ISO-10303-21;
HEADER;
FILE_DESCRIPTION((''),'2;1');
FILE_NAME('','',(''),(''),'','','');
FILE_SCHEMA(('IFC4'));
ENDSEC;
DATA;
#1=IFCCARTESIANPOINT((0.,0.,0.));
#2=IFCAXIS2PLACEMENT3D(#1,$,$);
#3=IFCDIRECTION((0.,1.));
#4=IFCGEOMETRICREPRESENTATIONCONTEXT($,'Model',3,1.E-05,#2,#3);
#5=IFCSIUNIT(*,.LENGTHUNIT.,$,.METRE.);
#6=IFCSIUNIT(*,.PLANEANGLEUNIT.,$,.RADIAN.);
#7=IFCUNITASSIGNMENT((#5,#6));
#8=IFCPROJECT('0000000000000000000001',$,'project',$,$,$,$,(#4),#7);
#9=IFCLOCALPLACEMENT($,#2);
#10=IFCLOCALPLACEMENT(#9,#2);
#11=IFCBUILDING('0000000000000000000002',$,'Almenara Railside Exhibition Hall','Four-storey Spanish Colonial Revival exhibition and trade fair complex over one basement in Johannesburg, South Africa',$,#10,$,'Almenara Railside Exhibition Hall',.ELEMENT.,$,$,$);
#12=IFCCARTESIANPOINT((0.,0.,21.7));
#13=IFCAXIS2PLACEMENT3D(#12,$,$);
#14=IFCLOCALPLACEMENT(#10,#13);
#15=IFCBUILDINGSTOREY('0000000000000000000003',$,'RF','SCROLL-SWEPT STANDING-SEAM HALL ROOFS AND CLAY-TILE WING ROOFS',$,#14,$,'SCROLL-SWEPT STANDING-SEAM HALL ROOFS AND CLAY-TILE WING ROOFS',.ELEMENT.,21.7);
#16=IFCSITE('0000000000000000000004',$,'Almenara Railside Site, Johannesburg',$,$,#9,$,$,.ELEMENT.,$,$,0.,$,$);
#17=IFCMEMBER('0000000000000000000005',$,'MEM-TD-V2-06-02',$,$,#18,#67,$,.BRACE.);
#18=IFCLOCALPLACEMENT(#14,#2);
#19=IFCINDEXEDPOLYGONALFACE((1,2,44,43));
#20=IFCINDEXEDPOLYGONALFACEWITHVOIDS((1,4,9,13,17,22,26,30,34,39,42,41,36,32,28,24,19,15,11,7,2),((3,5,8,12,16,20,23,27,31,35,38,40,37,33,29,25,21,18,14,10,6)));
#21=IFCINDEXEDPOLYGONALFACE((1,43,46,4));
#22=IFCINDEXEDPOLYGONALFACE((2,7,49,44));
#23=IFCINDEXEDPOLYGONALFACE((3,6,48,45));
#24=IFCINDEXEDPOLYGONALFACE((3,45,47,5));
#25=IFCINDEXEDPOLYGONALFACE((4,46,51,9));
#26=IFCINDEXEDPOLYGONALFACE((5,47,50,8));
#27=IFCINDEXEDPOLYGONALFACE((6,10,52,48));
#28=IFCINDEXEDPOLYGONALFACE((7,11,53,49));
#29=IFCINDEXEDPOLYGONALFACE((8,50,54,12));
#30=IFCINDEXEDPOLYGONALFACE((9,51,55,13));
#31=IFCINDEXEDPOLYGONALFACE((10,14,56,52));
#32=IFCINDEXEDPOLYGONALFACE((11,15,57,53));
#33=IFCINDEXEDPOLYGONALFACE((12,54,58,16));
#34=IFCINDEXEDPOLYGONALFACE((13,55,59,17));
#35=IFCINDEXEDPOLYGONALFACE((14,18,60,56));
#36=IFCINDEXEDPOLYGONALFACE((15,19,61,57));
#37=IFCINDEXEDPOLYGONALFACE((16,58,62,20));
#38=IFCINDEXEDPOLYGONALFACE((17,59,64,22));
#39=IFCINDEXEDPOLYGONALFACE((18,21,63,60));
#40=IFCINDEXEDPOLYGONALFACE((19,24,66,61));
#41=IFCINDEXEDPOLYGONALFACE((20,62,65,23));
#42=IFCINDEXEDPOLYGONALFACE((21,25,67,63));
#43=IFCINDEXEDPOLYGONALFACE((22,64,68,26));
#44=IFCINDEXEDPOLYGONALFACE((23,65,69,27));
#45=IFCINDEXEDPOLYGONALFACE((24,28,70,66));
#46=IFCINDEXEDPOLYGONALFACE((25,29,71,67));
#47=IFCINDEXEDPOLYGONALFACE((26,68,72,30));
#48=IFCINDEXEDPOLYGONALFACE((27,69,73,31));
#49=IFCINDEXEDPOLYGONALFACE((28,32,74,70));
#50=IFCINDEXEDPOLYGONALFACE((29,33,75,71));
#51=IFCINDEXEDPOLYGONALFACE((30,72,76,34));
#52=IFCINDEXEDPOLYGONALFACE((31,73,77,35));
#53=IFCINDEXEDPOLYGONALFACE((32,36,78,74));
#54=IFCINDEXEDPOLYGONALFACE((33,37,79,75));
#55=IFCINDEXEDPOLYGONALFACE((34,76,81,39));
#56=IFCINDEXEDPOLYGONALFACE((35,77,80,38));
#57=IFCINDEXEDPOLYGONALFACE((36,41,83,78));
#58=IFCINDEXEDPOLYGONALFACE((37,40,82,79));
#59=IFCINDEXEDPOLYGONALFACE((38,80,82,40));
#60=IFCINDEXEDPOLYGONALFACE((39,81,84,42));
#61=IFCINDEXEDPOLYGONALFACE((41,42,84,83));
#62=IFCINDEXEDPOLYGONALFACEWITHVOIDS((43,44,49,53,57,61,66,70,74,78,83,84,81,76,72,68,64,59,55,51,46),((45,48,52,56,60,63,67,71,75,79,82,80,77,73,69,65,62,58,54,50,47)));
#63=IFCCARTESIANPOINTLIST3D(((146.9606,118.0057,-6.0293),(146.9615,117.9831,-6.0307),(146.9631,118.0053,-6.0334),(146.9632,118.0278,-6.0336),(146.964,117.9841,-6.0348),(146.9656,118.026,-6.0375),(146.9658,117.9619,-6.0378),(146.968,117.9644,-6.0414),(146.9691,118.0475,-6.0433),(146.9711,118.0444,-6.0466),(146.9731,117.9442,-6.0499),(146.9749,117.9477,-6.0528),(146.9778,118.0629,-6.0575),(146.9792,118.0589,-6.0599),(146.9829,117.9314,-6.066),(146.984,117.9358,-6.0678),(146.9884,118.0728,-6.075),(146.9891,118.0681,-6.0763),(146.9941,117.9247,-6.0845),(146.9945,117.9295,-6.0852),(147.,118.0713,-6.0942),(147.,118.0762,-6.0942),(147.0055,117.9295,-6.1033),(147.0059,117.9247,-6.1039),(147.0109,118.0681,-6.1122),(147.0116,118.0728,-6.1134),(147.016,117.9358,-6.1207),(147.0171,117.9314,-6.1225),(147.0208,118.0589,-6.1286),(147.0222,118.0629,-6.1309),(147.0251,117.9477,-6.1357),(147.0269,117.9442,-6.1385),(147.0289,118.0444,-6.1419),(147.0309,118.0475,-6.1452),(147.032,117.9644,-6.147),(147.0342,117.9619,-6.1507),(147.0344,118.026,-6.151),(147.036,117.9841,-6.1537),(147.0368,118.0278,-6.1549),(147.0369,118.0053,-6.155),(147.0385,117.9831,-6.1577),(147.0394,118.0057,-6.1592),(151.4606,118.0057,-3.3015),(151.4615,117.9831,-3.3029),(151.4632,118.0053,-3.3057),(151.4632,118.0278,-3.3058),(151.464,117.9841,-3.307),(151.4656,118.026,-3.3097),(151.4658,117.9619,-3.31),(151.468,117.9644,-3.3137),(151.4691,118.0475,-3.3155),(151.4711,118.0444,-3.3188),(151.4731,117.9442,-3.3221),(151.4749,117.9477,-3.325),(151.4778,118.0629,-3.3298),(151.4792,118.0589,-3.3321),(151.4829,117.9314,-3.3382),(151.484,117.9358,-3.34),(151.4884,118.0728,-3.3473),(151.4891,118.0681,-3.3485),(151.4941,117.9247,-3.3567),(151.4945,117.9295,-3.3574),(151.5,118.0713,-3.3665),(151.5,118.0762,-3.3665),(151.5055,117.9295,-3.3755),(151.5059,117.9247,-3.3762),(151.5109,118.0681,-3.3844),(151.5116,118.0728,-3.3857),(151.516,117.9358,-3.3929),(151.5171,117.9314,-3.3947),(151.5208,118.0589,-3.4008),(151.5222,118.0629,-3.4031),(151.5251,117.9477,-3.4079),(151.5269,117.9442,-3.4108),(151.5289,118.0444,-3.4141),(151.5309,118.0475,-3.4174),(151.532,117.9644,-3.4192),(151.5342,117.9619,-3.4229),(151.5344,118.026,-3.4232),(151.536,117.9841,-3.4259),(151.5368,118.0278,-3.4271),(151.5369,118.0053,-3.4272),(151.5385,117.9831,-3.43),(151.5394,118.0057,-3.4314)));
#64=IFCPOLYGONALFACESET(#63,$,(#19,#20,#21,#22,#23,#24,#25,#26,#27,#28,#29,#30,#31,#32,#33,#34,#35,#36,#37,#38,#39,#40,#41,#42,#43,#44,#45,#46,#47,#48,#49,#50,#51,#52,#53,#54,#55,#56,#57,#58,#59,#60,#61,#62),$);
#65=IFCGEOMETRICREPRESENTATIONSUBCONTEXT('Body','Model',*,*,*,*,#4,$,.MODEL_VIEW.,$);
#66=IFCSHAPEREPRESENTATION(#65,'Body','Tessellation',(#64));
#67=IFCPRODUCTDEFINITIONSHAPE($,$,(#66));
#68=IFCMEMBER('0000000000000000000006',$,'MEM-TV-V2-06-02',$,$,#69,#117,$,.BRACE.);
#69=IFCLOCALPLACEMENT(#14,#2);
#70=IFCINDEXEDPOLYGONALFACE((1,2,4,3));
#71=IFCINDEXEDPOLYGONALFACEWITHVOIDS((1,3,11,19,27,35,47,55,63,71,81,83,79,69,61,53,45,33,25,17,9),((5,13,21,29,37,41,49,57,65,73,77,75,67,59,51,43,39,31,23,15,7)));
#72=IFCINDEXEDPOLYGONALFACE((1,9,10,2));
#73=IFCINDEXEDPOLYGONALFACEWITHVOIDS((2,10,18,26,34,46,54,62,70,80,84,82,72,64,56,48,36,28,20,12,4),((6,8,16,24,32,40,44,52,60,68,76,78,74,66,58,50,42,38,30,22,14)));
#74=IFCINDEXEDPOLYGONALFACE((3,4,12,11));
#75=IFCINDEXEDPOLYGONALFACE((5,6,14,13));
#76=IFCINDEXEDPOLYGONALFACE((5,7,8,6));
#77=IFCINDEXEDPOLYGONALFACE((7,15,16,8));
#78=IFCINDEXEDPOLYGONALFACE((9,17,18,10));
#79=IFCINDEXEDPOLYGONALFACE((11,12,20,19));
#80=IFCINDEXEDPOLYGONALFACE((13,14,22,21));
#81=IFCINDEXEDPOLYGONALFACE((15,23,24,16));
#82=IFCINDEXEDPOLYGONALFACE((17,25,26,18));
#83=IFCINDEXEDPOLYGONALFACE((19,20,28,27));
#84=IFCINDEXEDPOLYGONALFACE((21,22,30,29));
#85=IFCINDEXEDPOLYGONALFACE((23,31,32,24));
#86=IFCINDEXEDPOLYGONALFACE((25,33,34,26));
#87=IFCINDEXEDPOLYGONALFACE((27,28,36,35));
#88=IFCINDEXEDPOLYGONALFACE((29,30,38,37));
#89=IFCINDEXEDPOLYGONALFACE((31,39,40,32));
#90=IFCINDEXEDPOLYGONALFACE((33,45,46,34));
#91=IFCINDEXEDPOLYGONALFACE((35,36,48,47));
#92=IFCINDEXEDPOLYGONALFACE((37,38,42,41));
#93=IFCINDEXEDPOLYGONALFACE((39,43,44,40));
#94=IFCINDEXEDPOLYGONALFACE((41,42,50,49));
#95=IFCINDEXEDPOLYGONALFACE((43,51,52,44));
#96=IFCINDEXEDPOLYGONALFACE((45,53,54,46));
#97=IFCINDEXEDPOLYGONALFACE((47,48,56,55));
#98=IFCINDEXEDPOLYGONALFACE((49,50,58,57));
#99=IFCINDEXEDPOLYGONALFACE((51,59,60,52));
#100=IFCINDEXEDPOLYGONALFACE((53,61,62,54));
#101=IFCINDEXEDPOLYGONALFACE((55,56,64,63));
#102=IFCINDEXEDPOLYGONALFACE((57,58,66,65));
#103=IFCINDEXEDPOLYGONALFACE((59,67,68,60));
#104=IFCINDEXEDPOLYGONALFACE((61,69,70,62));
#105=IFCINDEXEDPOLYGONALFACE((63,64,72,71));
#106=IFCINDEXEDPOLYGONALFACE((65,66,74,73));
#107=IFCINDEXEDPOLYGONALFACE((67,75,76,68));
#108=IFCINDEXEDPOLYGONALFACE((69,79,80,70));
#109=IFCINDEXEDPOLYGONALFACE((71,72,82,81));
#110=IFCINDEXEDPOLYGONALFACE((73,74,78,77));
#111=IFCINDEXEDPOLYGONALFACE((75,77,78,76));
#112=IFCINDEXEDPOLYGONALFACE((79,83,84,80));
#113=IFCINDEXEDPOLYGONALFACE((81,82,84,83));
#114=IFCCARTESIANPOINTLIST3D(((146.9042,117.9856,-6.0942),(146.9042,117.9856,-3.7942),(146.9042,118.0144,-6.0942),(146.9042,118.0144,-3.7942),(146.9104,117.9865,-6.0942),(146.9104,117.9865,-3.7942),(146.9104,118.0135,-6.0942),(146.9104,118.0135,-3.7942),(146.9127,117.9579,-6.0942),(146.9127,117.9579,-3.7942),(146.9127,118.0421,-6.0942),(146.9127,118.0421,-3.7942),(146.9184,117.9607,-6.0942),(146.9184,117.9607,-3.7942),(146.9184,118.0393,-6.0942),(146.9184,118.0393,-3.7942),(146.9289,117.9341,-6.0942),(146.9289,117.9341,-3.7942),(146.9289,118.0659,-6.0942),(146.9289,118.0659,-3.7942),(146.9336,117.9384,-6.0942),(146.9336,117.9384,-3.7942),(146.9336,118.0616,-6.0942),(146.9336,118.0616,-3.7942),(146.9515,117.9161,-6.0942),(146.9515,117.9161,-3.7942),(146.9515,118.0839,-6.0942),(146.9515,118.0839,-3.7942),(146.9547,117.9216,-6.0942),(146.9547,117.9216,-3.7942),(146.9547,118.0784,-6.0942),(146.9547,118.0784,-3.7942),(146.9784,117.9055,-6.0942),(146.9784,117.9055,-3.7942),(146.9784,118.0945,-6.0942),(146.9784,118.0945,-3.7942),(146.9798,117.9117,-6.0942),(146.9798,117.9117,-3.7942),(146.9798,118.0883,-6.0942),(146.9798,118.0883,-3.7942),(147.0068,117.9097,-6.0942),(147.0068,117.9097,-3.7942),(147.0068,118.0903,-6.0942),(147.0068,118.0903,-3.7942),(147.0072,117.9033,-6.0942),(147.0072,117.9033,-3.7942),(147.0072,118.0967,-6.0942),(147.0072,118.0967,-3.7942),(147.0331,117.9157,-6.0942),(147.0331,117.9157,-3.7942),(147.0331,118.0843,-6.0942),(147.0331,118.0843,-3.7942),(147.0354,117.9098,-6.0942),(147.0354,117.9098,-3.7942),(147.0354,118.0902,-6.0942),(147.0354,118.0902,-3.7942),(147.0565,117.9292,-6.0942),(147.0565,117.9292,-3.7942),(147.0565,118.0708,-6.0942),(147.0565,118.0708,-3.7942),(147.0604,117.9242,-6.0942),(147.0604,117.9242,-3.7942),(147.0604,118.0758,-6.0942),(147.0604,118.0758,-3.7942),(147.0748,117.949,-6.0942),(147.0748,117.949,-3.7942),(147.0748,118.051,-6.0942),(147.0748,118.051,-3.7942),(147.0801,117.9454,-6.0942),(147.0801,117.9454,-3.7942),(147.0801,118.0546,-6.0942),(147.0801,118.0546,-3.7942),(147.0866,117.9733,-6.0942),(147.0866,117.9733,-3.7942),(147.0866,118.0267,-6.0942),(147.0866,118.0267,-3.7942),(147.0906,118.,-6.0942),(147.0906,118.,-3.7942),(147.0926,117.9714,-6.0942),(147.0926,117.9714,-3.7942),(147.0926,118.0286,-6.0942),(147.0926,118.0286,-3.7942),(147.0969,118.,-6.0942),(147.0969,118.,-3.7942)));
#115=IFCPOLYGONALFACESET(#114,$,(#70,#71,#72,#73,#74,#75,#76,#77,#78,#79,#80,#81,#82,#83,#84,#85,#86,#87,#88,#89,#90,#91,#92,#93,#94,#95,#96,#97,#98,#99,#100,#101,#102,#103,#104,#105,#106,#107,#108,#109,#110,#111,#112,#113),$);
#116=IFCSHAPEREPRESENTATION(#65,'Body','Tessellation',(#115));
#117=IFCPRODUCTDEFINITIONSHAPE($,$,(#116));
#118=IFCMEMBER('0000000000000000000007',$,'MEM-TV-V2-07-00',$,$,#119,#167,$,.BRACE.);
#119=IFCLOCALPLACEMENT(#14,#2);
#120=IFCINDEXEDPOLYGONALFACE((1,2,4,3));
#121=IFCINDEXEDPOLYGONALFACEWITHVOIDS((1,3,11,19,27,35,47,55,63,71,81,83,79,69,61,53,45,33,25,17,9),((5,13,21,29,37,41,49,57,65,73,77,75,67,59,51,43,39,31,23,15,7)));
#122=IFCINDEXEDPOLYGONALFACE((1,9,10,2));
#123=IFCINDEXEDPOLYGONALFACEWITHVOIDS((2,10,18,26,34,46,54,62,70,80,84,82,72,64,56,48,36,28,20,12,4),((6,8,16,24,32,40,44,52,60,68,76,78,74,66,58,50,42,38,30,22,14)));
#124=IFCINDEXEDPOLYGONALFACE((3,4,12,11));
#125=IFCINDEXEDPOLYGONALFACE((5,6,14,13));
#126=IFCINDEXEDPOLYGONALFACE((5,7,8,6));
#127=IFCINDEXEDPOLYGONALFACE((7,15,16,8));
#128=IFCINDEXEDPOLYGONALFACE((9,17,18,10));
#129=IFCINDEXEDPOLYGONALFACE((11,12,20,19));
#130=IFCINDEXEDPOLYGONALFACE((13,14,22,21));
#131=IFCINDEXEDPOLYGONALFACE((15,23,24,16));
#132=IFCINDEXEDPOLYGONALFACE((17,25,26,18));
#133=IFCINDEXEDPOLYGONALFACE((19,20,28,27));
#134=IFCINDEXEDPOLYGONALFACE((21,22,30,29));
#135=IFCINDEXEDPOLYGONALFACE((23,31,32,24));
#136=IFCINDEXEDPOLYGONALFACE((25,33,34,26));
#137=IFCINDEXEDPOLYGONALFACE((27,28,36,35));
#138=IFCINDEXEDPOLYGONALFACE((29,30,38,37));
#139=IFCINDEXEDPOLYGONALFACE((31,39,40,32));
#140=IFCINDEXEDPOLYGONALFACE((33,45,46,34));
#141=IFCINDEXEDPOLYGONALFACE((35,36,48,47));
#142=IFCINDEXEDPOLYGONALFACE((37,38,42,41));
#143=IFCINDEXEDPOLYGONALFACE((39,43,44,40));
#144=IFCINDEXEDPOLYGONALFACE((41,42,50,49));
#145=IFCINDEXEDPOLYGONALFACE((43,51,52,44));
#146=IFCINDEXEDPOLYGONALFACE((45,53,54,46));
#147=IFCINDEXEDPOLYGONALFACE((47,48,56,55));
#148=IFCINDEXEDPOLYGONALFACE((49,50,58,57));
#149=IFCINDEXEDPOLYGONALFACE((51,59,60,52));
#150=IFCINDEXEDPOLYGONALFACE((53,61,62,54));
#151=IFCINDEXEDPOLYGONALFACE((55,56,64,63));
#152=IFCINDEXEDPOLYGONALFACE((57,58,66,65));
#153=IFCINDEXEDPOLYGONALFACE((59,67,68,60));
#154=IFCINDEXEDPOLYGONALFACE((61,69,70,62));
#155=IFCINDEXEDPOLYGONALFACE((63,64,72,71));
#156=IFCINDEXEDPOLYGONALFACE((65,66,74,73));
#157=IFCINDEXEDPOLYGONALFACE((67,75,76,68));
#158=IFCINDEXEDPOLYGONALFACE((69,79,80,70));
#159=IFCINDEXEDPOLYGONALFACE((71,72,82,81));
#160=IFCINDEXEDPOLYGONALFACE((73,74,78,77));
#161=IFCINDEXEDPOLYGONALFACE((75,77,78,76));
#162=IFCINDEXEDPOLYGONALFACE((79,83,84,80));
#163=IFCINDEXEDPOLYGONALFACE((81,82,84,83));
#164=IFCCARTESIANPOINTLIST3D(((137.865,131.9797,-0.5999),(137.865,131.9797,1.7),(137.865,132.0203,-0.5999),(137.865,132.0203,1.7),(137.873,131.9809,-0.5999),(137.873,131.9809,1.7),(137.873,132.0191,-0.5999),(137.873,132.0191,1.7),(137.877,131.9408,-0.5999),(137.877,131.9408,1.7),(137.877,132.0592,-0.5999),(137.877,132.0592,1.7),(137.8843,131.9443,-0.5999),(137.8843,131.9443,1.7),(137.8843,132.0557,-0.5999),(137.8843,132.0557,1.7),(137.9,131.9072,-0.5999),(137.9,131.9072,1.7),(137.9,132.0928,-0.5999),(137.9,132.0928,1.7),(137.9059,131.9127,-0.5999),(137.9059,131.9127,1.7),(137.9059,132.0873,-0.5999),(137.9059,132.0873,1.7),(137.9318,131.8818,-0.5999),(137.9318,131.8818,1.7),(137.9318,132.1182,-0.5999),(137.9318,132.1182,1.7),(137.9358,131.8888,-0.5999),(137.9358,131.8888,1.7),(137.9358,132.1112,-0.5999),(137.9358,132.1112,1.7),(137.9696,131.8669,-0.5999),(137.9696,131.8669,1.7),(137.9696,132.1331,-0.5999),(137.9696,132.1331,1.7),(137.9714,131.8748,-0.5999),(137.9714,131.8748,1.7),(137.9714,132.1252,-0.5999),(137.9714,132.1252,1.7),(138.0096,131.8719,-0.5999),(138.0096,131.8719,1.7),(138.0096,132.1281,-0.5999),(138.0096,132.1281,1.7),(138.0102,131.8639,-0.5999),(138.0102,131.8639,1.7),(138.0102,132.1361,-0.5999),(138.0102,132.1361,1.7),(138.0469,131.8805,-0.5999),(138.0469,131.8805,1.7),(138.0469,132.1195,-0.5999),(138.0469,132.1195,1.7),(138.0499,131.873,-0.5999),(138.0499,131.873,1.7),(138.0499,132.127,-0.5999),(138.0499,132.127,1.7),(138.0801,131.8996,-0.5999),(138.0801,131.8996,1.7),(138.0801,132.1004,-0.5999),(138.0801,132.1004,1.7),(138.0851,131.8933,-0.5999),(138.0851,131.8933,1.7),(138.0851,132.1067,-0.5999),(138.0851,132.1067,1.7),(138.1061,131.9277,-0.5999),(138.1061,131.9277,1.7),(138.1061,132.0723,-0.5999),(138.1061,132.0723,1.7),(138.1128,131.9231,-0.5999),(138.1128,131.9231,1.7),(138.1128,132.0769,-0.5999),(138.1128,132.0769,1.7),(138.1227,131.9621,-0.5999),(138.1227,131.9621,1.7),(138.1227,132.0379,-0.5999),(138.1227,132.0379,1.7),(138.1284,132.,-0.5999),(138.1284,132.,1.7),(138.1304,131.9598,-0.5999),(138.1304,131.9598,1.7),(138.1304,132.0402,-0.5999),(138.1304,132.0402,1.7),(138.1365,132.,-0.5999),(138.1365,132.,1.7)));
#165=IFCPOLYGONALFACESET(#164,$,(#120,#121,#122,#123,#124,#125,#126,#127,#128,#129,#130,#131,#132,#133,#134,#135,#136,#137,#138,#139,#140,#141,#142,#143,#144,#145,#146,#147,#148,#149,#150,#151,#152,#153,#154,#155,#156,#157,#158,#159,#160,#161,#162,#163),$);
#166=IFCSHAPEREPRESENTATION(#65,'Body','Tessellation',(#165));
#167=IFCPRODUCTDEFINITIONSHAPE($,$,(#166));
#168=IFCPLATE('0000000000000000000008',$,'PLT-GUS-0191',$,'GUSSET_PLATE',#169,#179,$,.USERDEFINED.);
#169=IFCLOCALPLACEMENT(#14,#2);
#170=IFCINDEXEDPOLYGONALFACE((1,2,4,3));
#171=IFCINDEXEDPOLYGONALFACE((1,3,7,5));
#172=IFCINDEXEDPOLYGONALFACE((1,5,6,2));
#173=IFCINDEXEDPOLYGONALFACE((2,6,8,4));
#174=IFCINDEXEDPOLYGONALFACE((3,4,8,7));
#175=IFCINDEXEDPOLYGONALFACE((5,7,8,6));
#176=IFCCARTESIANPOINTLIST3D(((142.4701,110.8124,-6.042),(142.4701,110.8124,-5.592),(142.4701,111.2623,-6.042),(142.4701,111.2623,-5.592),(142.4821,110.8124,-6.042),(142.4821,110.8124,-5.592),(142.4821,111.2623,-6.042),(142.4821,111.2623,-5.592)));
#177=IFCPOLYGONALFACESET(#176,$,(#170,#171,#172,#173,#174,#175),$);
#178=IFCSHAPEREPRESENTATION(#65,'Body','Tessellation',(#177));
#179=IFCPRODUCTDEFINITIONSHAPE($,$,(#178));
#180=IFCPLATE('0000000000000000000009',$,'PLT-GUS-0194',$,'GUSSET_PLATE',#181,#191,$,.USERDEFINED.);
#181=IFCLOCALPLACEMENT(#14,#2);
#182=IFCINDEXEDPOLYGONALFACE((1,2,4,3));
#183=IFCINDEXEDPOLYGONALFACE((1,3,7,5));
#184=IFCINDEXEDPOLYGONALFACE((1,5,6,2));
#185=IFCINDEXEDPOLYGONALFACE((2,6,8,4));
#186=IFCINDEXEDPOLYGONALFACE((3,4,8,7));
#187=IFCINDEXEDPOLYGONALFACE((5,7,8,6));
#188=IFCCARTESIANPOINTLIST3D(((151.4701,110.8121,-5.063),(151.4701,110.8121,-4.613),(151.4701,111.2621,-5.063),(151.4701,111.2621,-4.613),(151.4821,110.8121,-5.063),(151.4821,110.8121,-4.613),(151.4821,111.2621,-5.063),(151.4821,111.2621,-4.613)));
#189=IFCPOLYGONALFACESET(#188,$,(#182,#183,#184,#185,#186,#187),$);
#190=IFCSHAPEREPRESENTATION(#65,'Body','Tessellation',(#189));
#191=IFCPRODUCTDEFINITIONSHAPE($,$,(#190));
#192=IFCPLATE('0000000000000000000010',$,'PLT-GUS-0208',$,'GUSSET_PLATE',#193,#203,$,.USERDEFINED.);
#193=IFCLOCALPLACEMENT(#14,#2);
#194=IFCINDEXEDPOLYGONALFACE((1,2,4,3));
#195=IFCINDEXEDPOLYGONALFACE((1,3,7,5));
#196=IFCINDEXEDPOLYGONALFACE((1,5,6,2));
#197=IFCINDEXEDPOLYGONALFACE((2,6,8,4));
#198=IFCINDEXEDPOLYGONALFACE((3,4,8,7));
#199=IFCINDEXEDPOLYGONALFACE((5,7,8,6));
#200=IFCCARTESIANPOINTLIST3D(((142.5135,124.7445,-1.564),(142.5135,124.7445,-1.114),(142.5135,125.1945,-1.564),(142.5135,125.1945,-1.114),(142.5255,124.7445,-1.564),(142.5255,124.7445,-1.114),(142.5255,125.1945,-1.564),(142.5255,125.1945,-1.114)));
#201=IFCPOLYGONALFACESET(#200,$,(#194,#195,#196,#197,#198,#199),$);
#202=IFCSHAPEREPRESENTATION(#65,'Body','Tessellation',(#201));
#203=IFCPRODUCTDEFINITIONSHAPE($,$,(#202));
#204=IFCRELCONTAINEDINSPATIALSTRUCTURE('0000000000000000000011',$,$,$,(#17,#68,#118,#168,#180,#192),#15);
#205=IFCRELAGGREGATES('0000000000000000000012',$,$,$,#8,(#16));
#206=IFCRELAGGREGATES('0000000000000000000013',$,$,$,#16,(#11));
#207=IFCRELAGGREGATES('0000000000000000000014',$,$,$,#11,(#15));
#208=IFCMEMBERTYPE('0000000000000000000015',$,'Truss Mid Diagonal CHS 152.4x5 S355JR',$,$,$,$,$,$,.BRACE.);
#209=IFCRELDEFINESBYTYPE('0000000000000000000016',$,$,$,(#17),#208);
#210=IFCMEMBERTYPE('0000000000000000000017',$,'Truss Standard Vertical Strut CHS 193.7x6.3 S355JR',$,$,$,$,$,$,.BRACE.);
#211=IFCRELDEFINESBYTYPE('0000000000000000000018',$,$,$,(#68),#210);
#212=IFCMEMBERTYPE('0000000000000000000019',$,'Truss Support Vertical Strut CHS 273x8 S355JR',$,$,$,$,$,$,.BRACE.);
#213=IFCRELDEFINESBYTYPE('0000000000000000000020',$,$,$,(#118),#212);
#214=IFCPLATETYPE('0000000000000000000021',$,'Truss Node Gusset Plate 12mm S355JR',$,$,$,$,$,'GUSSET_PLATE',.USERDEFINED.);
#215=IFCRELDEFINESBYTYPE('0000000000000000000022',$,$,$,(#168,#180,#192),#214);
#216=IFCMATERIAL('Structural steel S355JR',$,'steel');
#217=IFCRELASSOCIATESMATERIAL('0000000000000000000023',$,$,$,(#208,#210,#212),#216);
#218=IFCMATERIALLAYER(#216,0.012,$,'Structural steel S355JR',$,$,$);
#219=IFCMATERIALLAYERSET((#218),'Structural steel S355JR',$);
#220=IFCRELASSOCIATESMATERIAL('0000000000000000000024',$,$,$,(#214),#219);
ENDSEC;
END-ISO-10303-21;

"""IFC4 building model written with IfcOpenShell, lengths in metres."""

from ifc_helpers import new_model, si_unit, direction, frame, origin, origin_2d, place, context, subcontext, project, spatial, rectangle, hollow_circle, extrude, material, layer, layer_set, material_profile, profile_set, type_object, element, save


model = new_model("IFC4")

# Units and contexts
model_context = context("Model", 3, precision=1e-05, world=origin(), true_north=direction((0.0, 1.0)))
body_context = subcontext(model_context, "Body", "Model", "MODEL_VIEW")
ifc_project = project(units=[si_unit("LENGTHUNIT", "METRE"), si_unit("PLANEANGLEUNIT", "RADIAN")], contexts=[model_context])

# Site, building, storey
site_placement = place(None, origin())
site = spatial("IfcSite", under=ifc_project, at=site_placement, Name="Almenara Railside Site, Johannesburg", CompositionType="ELEMENT", RefElevation=0.0)
building_placement = place(site_placement, origin())
building = spatial("IfcBuilding", under=site, at=building_placement, Name="Almenara Railside Exhibition Hall", Description="Four-storey Spanish Colonial Revival exhibition and trade fair complex over one basement in Johannesburg, South Africa", LongName="Almenara Railside Exhibition Hall", CompositionType="ELEMENT")
storey_placement = place(building_placement, frame((0.0, 0.0, 21.7)))
storey = spatial("IfcBuildingStorey", under=building, at=storey_placement, Name="RF", Description="SCROLL-SWEPT STANDING-SEAM HALL ROOFS AND CLAY-TILE WING ROOFS", LongName="SCROLL-SWEPT STANDING-SEAM HALL ROOFS AND CLAY-TILE WING ROOFS", CompositionType="ELEMENT", Elevation=21.7)

# Shared definitions
ifc_material_1 = material(Name="Structural steel S355JR", Category="steel")

# Members
ifc_material_profile_1 = material_profile(ifc_material_1, hollow_circle(Radius=0.0762, WallThickness=0.0049, at=origin_2d()), Name="CHS 152.4x5")
ifc_profile_set_1 = profile_set([ifc_material_profile_1], Name="Structural steel S355JR")
member_type_1 = type_object("IfcMemberType", Name="Truss Mid Diagonal CHS 152.4x5 S355JR", PredefinedType="BRACE", material=ifc_profile_set_1)
member_1_placement = place(storey_placement, frame((147.0, 118.0, -6.0942), z_axis=(0.855155, 0.0, 0.518373), x_axis=(0.0, 1.0, 0.0)))
element("IfcMember", 1, at=member_1_placement, inside=storey, type_object=member_type_1, Name="MEM-TD-V2-06-02", PredefinedType="BRACE", context=body_context, shape_type="SweptSolid", body=[
    extrude(hollow_circle(Radius=0.0762, WallThickness=0.0049, at=origin_2d()), origin(), (0.0, 0.0, 1.0), 5.2622),
])
ifc_material_profile_2 = material_profile(ifc_material_1, hollow_circle(Radius=0.0969, WallThickness=0.0063, at=origin_2d()), Name="CHS 193.7x6.3")
ifc_profile_set_2 = profile_set([ifc_material_profile_2], Name="Structural steel S355JR")
member_type_2 = type_object("IfcMemberType", Name="Truss Standard Vertical Strut CHS 193.7x6.3 S355JR", PredefinedType="BRACE", material=ifc_profile_set_2)
member_2_placement = place(storey_placement, frame((147.0, 118.0, -6.0942), z_axis=(0.0, 0.0, 1.0), x_axis=(1.0, 0.0, 0.0)))
element("IfcMember", 2, at=member_2_placement, inside=storey, type_object=member_type_2, Name="MEM-TV-V2-06-02", PredefinedType="BRACE", context=body_context, shape_type="SweptSolid", body=[
    extrude(hollow_circle(Radius=0.0969, WallThickness=0.0063, at=origin_2d()), origin(), (0.0, 0.0, 1.0), 2.3),
])
ifc_material_profile_3 = material_profile(ifc_material_1, hollow_circle(Radius=0.1365, WallThickness=0.0081, at=origin_2d()), Name="CHS 273x8")
ifc_profile_set_3 = profile_set([ifc_material_profile_3], Name="Structural steel S355JR")
member_type_3 = type_object("IfcMemberType", Name="Truss Support Vertical Strut CHS 273x8 S355JR", PredefinedType="BRACE", material=ifc_profile_set_3)
member_3_placement = place(storey_placement, frame((138.0, 132.0, -0.5999), z_axis=(0.0, 0.0, 1.0), x_axis=(1.0, 0.0, 0.0)))
element("IfcMember", 3, at=member_3_placement, inside=storey, type_object=member_type_3, Name="MEM-TV-V2-07-00", PredefinedType="BRACE", context=body_context, shape_type="SweptSolid", body=[
    extrude(hollow_circle(Radius=0.1365, WallThickness=0.0081, at=origin_2d()), origin(), (0.0, 0.0, 1.0), 2.2998),
])

# Plates
ifc_layer_1 = layer(ifc_material_1, 0.012, Name="Structural steel S355JR")
ifc_layer_set_1 = layer_set([ifc_layer_1], Name="Structural steel S355JR")
plate_type_1 = type_object("IfcPlateType", Name="Truss Node Gusset Plate 12mm S355JR", ElementType="GUSSET_PLATE", PredefinedType="USERDEFINED", material=ifc_layer_set_1)
for number, where, z_axis, x_axis, name in (
    (4, (142.4761, 111.0374, -6.042), (0.0, 0.0, 1.0), (0.0, 1.0, 0.0), "PLT-GUS-0191"),
    (5, (151.4761, 111.0371, -5.063), (0.0, 0.0, 1.0), (0.0, 1.0, 0.0), "PLT-GUS-0194"),
    (6, (142.5195, 124.9695, -1.564), (0.0, 0.0, 1.0), (0.0, 1.0, 0.0), "PLT-GUS-0208"),
):
    element("IfcPlate", number, at=place(storey_placement, frame(where, z_axis=z_axis, x_axis=x_axis)), inside=storey, type_object=plate_type_1, Name=name, ObjectType="GUSSET_PLATE", PredefinedType="USERDEFINED", context=body_context, shape_type="SweptSolid", body=[
        extrude(rectangle(XDim=0.45, YDim=0.012, at=origin_2d()), origin(), (0.0, 0.0, 1.0), 0.45),
    ])

save(model, "model.ifc")
